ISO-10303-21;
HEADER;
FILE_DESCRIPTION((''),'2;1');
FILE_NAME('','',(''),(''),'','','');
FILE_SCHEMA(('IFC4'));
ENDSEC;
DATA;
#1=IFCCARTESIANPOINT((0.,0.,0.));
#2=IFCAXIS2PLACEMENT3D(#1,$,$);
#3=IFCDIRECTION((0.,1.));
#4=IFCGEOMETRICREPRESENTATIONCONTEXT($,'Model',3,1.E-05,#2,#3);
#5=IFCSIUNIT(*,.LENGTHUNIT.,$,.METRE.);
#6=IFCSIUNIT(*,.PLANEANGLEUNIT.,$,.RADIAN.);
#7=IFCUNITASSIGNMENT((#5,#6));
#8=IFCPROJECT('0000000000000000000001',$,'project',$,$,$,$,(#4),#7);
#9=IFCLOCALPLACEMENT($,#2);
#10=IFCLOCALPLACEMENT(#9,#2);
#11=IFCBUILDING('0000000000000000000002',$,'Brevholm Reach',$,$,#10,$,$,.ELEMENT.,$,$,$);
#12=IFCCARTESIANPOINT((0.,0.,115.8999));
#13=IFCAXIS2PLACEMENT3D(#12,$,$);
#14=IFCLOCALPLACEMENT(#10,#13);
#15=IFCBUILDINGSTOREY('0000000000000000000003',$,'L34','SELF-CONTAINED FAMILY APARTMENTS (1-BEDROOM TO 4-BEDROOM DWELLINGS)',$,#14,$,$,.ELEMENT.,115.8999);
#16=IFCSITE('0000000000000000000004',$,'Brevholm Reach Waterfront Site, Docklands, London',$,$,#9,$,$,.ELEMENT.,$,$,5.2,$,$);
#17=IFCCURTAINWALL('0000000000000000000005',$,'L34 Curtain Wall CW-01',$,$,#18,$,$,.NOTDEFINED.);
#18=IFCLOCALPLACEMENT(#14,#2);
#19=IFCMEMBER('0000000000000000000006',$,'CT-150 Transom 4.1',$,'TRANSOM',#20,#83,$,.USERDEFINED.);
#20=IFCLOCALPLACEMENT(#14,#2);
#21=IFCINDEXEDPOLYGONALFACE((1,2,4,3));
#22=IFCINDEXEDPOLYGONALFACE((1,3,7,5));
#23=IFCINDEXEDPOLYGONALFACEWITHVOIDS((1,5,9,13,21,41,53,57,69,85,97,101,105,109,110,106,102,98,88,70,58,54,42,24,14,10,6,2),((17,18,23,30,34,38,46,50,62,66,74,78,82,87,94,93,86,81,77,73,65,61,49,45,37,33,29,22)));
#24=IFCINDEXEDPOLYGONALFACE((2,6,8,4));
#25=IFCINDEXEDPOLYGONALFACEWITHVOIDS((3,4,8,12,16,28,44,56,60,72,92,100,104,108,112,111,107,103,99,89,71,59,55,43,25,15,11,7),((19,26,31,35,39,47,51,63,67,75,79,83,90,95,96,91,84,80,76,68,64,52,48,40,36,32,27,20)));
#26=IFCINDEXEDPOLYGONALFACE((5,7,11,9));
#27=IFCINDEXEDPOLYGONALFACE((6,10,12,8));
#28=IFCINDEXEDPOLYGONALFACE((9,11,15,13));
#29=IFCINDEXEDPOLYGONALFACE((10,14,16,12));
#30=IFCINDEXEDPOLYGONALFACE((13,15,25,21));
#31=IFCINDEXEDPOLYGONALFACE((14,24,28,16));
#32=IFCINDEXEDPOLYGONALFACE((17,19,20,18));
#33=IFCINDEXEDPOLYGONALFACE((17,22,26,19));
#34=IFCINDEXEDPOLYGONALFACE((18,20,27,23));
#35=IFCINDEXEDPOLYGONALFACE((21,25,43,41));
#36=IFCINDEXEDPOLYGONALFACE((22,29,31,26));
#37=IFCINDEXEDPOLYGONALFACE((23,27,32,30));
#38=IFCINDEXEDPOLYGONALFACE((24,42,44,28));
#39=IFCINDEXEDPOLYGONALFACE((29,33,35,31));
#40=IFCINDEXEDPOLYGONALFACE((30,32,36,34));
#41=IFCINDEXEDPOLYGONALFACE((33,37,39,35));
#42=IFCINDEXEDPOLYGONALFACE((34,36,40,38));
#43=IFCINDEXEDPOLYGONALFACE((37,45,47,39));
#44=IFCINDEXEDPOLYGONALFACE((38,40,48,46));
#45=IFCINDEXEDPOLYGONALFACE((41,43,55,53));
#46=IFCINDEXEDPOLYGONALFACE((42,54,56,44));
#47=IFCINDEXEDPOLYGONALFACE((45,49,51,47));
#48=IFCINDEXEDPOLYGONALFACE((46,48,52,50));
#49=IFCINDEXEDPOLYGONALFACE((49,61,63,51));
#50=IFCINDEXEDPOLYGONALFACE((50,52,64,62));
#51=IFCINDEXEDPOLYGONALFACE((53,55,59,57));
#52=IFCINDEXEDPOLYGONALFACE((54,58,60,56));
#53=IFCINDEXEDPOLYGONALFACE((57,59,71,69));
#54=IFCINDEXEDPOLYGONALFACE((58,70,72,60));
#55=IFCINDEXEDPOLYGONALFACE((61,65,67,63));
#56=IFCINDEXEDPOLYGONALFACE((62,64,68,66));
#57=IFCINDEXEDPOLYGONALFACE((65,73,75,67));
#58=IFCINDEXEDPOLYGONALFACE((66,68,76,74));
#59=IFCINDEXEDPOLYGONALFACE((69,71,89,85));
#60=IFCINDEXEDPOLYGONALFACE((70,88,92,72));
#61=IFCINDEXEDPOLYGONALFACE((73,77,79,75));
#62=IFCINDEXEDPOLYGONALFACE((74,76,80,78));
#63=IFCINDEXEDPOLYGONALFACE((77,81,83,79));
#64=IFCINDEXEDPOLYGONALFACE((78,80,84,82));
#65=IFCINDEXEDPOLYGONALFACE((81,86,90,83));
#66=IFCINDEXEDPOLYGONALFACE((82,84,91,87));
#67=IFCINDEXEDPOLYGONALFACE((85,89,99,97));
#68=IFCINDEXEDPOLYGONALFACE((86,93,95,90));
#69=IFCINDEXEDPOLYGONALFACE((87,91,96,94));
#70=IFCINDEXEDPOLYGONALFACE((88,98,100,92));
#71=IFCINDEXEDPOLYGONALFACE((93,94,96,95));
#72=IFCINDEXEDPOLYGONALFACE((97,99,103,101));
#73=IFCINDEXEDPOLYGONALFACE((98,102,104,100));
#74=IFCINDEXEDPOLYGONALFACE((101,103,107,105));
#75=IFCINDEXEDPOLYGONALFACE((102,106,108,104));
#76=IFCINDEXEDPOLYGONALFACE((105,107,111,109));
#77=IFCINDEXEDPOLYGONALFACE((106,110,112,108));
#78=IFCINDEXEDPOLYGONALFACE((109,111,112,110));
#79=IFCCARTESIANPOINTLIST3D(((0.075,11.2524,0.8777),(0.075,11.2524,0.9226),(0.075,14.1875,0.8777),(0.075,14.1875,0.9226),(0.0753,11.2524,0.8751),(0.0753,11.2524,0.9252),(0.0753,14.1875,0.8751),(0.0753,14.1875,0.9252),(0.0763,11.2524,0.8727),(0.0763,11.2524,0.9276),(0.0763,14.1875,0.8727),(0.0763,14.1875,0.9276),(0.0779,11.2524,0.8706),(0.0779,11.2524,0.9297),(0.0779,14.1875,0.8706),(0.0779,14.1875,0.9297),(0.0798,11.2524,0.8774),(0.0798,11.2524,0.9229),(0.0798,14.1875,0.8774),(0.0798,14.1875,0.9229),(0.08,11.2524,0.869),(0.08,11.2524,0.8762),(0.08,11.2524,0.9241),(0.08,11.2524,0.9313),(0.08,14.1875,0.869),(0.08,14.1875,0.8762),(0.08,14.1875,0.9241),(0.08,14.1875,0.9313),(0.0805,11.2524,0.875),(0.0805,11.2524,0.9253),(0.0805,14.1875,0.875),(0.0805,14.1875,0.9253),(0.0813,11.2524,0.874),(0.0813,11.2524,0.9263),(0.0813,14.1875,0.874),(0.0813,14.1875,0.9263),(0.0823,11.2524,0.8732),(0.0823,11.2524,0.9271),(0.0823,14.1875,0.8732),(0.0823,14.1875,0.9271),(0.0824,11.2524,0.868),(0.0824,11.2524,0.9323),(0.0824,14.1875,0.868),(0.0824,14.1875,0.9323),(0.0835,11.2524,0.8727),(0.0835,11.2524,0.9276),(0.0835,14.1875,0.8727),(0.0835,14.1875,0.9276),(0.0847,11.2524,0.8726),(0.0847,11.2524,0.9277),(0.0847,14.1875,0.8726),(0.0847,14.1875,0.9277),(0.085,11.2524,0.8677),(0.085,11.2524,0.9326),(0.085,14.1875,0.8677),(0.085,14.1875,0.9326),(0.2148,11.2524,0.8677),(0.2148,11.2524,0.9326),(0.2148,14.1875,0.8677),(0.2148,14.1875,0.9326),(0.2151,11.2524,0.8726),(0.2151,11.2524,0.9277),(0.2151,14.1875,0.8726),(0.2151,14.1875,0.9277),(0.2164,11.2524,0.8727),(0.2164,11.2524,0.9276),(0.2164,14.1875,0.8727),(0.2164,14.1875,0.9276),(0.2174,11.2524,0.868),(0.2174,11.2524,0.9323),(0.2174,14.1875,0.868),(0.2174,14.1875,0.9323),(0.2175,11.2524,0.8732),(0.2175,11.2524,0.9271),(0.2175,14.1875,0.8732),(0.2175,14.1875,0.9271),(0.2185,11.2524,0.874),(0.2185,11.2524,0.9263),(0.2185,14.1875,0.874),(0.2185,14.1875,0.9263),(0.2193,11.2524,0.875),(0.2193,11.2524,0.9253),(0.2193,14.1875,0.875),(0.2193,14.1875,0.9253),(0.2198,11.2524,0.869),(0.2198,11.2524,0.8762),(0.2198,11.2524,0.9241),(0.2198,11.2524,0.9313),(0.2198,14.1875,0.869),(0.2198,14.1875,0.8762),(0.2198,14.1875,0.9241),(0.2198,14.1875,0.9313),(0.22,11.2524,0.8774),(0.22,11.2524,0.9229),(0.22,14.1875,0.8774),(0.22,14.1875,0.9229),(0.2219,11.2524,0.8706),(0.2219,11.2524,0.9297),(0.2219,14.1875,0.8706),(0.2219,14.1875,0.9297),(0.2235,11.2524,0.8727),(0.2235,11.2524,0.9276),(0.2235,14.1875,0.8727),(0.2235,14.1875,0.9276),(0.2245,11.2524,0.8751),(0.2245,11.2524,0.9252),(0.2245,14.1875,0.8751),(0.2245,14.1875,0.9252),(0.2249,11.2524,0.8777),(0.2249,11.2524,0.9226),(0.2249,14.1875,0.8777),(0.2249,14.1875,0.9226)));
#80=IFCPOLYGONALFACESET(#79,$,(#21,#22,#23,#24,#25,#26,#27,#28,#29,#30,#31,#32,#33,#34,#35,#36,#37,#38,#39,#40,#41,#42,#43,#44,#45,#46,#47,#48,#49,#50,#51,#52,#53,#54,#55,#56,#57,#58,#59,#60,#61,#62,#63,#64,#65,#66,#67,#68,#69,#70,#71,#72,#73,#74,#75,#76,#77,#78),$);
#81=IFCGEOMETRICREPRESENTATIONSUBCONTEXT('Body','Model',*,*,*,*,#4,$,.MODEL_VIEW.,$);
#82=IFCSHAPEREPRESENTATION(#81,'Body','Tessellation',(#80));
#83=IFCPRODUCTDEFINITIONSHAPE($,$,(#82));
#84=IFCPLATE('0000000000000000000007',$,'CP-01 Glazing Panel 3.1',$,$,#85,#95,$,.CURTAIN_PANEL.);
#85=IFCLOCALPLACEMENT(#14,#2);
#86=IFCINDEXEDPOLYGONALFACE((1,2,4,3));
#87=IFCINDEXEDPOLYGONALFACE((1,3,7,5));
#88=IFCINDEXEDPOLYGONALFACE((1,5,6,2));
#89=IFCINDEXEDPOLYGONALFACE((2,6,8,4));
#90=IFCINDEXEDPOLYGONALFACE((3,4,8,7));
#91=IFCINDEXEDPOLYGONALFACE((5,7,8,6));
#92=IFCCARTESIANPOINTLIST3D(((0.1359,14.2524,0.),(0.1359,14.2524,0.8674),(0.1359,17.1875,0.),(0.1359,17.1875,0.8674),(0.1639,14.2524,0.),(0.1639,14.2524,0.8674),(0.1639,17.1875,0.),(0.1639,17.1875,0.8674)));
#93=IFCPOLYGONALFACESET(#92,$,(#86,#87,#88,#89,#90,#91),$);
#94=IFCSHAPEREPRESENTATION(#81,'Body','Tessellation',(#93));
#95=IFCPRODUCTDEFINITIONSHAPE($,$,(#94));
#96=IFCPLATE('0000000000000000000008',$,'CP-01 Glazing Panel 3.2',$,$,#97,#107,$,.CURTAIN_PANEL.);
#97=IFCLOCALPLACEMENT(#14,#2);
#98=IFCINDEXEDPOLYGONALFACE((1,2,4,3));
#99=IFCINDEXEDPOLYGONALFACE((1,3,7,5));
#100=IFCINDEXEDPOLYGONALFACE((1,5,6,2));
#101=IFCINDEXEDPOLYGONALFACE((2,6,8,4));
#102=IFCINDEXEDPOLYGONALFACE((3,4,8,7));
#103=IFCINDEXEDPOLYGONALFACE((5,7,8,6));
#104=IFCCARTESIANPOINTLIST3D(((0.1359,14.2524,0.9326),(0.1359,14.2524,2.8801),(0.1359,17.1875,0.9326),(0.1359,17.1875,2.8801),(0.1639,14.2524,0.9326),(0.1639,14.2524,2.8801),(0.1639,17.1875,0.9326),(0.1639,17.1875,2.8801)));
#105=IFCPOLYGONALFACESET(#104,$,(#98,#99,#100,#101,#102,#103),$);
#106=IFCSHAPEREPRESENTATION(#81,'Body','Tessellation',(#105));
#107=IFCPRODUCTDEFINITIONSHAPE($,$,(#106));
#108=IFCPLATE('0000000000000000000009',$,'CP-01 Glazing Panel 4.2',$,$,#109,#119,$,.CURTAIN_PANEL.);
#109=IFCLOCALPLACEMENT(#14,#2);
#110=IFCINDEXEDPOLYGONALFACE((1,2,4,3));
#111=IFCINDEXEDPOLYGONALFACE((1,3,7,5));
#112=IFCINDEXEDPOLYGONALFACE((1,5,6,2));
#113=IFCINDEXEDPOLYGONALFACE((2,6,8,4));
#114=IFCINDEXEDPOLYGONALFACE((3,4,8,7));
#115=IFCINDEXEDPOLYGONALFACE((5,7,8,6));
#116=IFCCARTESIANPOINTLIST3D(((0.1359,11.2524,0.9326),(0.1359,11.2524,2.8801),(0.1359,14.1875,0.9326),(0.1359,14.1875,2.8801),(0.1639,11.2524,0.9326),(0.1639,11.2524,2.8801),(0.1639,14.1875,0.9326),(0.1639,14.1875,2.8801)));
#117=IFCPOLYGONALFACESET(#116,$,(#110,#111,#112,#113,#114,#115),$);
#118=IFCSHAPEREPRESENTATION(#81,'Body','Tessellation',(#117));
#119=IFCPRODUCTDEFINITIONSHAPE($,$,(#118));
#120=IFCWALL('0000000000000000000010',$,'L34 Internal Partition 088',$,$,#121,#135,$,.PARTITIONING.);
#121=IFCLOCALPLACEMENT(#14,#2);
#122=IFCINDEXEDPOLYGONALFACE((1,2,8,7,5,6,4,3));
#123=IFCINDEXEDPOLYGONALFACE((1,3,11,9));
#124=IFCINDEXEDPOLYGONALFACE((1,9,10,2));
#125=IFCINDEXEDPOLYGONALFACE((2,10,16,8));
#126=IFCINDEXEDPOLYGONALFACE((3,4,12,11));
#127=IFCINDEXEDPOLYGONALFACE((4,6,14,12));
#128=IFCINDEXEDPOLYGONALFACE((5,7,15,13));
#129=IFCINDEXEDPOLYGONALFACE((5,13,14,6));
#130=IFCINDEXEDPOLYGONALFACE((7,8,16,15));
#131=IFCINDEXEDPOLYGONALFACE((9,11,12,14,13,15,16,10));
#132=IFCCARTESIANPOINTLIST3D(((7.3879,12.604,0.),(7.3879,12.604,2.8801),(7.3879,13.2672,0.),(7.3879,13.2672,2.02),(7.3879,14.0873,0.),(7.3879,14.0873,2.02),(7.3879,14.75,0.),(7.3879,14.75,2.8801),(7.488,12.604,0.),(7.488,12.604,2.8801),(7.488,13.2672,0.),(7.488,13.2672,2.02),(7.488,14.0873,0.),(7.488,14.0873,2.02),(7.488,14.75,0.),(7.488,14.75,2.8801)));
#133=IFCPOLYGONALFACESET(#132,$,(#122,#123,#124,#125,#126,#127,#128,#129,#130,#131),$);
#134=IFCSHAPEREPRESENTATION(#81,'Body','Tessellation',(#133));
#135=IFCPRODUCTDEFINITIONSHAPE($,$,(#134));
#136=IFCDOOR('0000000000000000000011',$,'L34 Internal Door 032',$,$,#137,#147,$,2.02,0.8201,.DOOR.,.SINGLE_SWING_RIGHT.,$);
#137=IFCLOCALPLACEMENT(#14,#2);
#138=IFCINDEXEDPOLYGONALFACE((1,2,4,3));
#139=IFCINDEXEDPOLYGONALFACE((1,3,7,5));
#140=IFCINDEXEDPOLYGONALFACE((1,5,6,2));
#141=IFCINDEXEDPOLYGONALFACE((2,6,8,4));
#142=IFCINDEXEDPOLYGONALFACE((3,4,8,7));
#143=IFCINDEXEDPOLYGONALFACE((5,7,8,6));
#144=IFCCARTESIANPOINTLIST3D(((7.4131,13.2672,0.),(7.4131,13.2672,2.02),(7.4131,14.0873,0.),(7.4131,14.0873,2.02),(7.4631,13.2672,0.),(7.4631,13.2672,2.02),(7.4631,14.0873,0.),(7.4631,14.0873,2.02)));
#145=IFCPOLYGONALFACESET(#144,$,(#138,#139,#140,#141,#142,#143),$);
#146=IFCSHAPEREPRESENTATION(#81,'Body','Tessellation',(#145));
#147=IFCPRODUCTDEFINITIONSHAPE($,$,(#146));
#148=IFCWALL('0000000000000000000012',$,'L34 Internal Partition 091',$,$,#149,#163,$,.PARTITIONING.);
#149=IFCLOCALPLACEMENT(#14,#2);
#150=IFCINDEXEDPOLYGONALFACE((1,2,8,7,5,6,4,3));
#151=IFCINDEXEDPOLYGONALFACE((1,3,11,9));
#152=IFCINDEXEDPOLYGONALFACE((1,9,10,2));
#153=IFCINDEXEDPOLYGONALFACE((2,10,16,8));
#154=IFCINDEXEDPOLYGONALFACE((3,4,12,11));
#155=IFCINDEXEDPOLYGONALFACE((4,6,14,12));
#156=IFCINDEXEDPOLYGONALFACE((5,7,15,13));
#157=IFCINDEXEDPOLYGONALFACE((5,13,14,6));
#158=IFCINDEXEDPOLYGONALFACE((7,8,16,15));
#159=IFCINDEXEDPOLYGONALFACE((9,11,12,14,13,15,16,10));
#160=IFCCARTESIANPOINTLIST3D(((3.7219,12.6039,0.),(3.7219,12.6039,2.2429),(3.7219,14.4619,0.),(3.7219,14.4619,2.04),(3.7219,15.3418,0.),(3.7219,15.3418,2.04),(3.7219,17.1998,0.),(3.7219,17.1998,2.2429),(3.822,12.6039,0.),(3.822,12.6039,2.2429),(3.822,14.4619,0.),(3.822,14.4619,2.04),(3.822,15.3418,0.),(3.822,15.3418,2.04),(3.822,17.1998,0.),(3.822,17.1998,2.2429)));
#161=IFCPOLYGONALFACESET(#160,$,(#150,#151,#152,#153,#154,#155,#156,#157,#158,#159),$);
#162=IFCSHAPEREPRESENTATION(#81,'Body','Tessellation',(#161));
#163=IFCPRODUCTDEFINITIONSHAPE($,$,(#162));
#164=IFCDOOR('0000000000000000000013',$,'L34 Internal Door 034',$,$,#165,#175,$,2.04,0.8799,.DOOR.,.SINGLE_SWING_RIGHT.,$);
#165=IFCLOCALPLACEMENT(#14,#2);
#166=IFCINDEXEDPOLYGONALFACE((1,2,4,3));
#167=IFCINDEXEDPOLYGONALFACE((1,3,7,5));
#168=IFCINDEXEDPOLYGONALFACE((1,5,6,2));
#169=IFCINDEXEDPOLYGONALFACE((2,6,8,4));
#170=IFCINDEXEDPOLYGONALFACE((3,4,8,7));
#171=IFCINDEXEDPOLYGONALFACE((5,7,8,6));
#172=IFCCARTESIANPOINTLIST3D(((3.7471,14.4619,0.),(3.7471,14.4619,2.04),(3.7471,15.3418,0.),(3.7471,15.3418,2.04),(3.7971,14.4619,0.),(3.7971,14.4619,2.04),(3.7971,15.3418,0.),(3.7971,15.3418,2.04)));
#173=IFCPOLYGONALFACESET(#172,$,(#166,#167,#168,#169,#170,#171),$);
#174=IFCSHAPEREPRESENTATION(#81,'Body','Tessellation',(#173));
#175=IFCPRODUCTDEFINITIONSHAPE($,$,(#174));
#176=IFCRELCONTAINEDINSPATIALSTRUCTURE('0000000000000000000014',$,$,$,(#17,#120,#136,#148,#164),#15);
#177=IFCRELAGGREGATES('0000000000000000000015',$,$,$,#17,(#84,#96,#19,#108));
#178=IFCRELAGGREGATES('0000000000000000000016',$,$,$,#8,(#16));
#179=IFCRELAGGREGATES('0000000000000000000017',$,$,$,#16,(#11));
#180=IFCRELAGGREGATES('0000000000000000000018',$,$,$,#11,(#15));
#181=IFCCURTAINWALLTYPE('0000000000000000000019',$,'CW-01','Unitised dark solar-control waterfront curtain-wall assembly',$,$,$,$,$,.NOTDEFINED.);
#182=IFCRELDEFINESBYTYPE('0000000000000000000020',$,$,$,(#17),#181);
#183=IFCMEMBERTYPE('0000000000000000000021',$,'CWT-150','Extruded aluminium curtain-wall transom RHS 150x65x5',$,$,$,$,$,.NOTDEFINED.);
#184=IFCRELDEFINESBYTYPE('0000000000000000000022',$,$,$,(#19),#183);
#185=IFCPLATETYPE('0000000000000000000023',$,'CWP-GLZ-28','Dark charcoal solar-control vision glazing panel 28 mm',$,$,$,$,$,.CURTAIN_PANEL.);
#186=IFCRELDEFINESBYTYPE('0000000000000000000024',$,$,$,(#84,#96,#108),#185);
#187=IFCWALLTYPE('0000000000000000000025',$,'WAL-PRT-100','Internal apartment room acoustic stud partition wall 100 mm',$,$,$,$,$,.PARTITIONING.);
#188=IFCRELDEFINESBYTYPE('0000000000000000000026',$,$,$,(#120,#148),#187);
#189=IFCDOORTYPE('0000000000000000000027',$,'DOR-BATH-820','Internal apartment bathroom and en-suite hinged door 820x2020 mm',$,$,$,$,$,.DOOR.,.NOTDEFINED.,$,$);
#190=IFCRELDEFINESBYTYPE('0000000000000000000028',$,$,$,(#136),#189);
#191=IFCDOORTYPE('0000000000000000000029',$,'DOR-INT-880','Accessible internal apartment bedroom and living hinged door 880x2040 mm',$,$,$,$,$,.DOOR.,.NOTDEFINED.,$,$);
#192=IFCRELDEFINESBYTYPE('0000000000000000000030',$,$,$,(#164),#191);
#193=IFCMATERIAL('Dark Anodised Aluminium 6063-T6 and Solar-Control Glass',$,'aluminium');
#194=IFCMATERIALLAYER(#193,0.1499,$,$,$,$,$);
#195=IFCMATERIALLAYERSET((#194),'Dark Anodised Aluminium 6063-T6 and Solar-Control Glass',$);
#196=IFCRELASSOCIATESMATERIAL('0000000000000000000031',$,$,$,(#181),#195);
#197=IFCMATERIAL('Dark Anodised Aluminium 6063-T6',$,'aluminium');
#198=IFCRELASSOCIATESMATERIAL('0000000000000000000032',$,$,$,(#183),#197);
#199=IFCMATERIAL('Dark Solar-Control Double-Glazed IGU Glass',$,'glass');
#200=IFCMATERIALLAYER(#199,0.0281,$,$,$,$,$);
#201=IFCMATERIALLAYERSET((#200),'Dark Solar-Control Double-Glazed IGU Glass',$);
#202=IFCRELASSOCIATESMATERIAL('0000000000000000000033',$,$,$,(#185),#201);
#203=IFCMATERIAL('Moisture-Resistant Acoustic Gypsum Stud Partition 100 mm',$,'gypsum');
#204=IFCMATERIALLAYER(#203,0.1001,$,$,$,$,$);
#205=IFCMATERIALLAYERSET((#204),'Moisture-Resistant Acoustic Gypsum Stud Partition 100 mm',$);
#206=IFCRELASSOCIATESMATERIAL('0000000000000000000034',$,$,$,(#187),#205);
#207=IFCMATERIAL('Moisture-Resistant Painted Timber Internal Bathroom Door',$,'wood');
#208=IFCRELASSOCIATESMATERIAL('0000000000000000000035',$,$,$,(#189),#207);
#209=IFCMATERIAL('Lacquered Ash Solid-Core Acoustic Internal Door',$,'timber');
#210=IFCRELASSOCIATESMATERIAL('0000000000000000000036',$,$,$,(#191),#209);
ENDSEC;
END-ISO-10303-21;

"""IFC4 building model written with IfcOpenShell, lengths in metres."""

from ifc_helpers import new_model, si_unit, direction, frame, frame_2d, origin, origin_2d, place, context, subcontext, project, spatial, rectangle, hollow_rectangle, extrude, material, layer, layer_set, material_profile, profile_set, type_object, element, fill, aggregate, save


model = new_model("IFC4")

# Units and contexts
model_context = context("Model", 3, precision=1e-05, world=origin(), true_north=direction((0.0, 1.0)))
body_context = subcontext(model_context, "Body", "Model", "MODEL_VIEW")
ifc_project = project(units=[si_unit("LENGTHUNIT", "METRE"), si_unit("PLANEANGLEUNIT", "RADIAN")], contexts=[model_context])

# Site, building, storey
site_placement = place(None, origin())
site = spatial("IfcSite", under=ifc_project, at=site_placement, Name="Brevholm Reach Waterfront Site, Docklands, London", CompositionType="ELEMENT", RefElevation=5.2)
building_placement = place(site_placement, origin())
building = spatial("IfcBuilding", under=site, at=building_placement, Name="Brevholm Reach", CompositionType="ELEMENT")
storey_placement = place(building_placement, frame((0.0, 0.0, 115.8999)))
storey = spatial("IfcBuildingStorey", under=building, at=storey_placement, Name="L34", Description="SELF-CONTAINED FAMILY APARTMENTS (1-BEDROOM TO 4-BEDROOM DWELLINGS)", CompositionType="ELEMENT", Elevation=115.8999)

# Curtain wall, member, plates
ifc_material_1 = material(Name="Dark Anodised Aluminium 6063-T6 and Solar-Control Glass", Category="aluminium")
ifc_layer_1 = layer(ifc_material_1, 0.1499)
ifc_layer_set_1 = layer_set([ifc_layer_1], Name="Dark Anodised Aluminium 6063-T6 and Solar-Control Glass")
curtain_wall_type = type_object("IfcCurtainWallType", Name="CW-01", Description="Unitised dark solar-control waterfront curtain-wall assembly", PredefinedType="NOTDEFINED", material=ifc_layer_set_1)
curtain_wall_placement = place(storey_placement, origin())
curtain_wall = element("IfcCurtainWall", 1, at=curtain_wall_placement, inside=storey, type_object=curtain_wall_type, Name="L34 Curtain Wall CW-01", PredefinedType="NOTDEFINED")
ifc_material_2 = material(Name="Dark Anodised Aluminium 6063-T6", Category="aluminium")
ifc_material_profile_1 = material_profile(ifc_material_2, hollow_rectangle(XDim=0.0649, YDim=0.1499, WallThickness=0.0049, InnerFilletRadius=0.0049, OuterFilletRadius=0.01, at=origin_2d()), Name="RHS 150x65x5")
ifc_profile_set_1 = profile_set([ifc_material_profile_1], Name="Dark Anodised Aluminium 6063-T6")
member_type_1 = type_object("IfcMemberType", Name="CWT-150", Description="Extruded aluminium curtain-wall transom RHS 150x65x5", PredefinedType="NOTDEFINED", material=ifc_profile_set_1)
member_1_placement = place(storey_placement, frame((0.1499, 14.1875, 0.9001), z_axis=(0.0, -1.0, 0.0), x_axis=(0.0, 0.0, 1.0)))
member_1 = element("IfcMember", 2, at=member_1_placement, type_object=member_type_1, Name="CT-150 Transom 4.1", ObjectType="TRANSOM", PredefinedType="USERDEFINED", context=body_context, shape_type="SweptSolid", body=[
    extrude(hollow_rectangle(XDim=0.0649, YDim=0.1499, WallThickness=0.0049, InnerFilletRadius=0.0049, OuterFilletRadius=0.01, at=origin_2d()), origin(), (0.0, 0.0, 1.0), 2.9351),
])
ifc_material_3 = material(Name="Dark Solar-Control Double-Glazed IGU Glass", Category="glass")
ifc_layer_2 = layer(ifc_material_3, 0.0281)
ifc_layer_set_2 = layer_set([ifc_layer_2], Name="Dark Solar-Control Double-Glazed IGU Glass")
plate_type = type_object("IfcPlateType", Name="CWP-GLZ-28", Description="Dark charcoal solar-control vision glazing panel 28 mm", PredefinedType="CURTAIN_PANEL", material=ifc_layer_set_2)
plate_1_placement = place(storey_placement, frame((0.1499, 15.72, 0.0), z_axis=(0.0, 0.0, 1.0), x_axis=(0.0, -1.0, 0.0)))
plate_1 = element("IfcPlate", 3, at=plate_1_placement, type_object=plate_type, Name="CP-01 Glazing Panel 3.1", PredefinedType="CURTAIN_PANEL", context=body_context, shape_type="SweptSolid", body=[
    extrude(rectangle(XDim=2.9351, YDim=0.0281, at=origin_2d()), origin(), (0.0, 0.0, 1.0), 0.8674),
])
plate_2_placement = place(storey_placement, frame((0.1499, 15.72, 0.9326), z_axis=(0.0, 0.0, 1.0), x_axis=(0.0, -1.0, 0.0)))
plate_2 = element("IfcPlate", 4, at=plate_2_placement, type_object=plate_type, Name="CP-01 Glazing Panel 3.2", PredefinedType="CURTAIN_PANEL", context=body_context, shape_type="SweptSolid", body=[
    extrude(rectangle(XDim=2.9351, YDim=0.0281, at=origin_2d()), origin(), (0.0, 0.0, 1.0), 1.9475),
])
plate_3_placement = place(storey_placement, frame((0.1499, 12.72, 0.9326), z_axis=(0.0, 0.0, 1.0), x_axis=(0.0, -1.0, 0.0)))
plate_3 = element("IfcPlate", 5, at=plate_3_placement, type_object=plate_type, Name="CP-01 Glazing Panel 4.2", PredefinedType="CURTAIN_PANEL", context=body_context, shape_type="SweptSolid", body=[
    extrude(rectangle(XDim=2.9351, YDim=0.0281, at=origin_2d()), origin(), (0.0, 0.0, 1.0), 1.9475),
])
aggregate(curtain_wall, [plate_1, plate_2, member_1, plate_3])

# Walls, openings, doors
ifc_material_4 = material(Name="Moisture-Resistant Acoustic Gypsum Stud Partition 100 mm", Category="gypsum")
ifc_layer_3 = layer(ifc_material_4, 0.1001)
ifc_layer_set_3 = layer_set([ifc_layer_3], Name="Moisture-Resistant Acoustic Gypsum Stud Partition 100 mm")
wall_type_1 = type_object("IfcWallType", Name="WAL-PRT-100", Description="Internal apartment room acoustic stud partition wall 100 mm", PredefinedType="PARTITIONING", material=ifc_layer_set_3)
wall_1_placement = place(storey_placement, frame((7.438, 12.604, 0.0), z_axis=(0.0, 0.0, 1.0), x_axis=(0.0, 1.0, 0.0)))
wall_1 = element("IfcWall", 6, at=wall_1_placement, inside=storey, type_object=wall_type_1, Name="L34 Internal Partition 088", PredefinedType="PARTITIONING", context=body_context, shape_type="SweptSolid", body=[
    extrude(rectangle(XDim=2.146, YDim=0.1001, at=frame_2d((1.073, 0.0))), origin(), (0.0, 0.0, 1.0), 2.8801),
])
opening_1_placement = place(wall_1_placement, frame((0.6631, 0.0, 0.0)))
opening_1 = element("IfcOpeningElement", 7, at=opening_1_placement, cuts=wall_1, PredefinedType="OPENING", context=body_context, shape_type="SweptSolid", body=[
    extrude(rectangle(XDim=0.8201, YDim=2.02, at=frame_2d((0.4102, 1.01))), frame((0.0, 0.0601, 0.0), z_axis=(0.0, -1.0, 0.0), x_axis=(1.0, 0.0, 0.0)), (0.0, 0.0, 1.0), 0.1201),
])
ifc_material_5 = material(Name="Moisture-Resistant Painted Timber Internal Bathroom Door", Category="wood")
door_type_1 = type_object("IfcDoorType", Name="DOR-BATH-820", Description="Internal apartment bathroom and en-suite hinged door 820x2020 mm", OperationType="NOTDEFINED", PredefinedType="DOOR", material=ifc_material_5)
door_1_placement = place(opening_1_placement, origin())
door_1 = element("IfcDoor", 8, at=door_1_placement, inside=storey, type_object=door_type_1, Name="L34 Internal Door 032", OperationType="SINGLE_SWING_RIGHT", OverallHeight=2.02, OverallWidth=0.8201, PredefinedType="DOOR", context=body_context, shape_type="SweptSolid", body=[
    extrude(rectangle(XDim=0.8201, YDim=2.02, at=frame_2d((0.4102, 1.01))), frame((0.0, 0.0249, 0.0), z_axis=(0.0, -1.0, 0.0), x_axis=(1.0, 0.0, 0.0)), (0.0, 0.0, 1.0), 0.05),
])
fill(opening_1, door_1)
wall_2_placement = place(storey_placement, frame((3.772, 12.604, 0.0), z_axis=(0.0, 0.0, 1.0), x_axis=(0.0, 1.0, 0.0)))
wall_2 = element("IfcWall", 9, at=wall_2_placement, inside=storey, type_object=wall_type_1, Name="L34 Internal Partition 091", PredefinedType="PARTITIONING", context=body_context, shape_type="SweptSolid", body=[
    extrude(rectangle(XDim=4.5959, YDim=0.1001, at=frame_2d((2.2979, 0.0))), origin(), (0.0, 0.0, 1.0), 2.2429),
])
opening_2_placement = place(wall_2_placement, frame((1.8579, 0.0, 0.0)))
opening_2 = element("IfcOpeningElement", 10, at=opening_2_placement, cuts=wall_2, PredefinedType="OPENING", context=body_context, shape_type="SweptSolid", body=[
    extrude(rectangle(XDim=0.8799, YDim=2.04, at=frame_2d((0.4399, 1.02))), frame((0.0, 0.0601, 0.0), z_axis=(0.0, -1.0, 0.0), x_axis=(1.0, 0.0, 0.0)), (0.0, 0.0, 1.0), 0.1201),
])
ifc_material_6 = material(Name="Lacquered Ash Solid-Core Acoustic Internal Door", Category="timber")
door_type_2 = type_object("IfcDoorType", Name="DOR-INT-880", Description="Accessible internal apartment bedroom and living hinged door 880x2040 mm", OperationType="NOTDEFINED", PredefinedType="DOOR", material=ifc_material_6)
door_2_placement = place(opening_2_placement, origin())
door_2 = element("IfcDoor", 11, at=door_2_placement, inside=storey, type_object=door_type_2, Name="L34 Internal Door 034", OperationType="SINGLE_SWING_RIGHT", OverallHeight=2.04, OverallWidth=0.8799, PredefinedType="DOOR", context=body_context, shape_type="SweptSolid", body=[
    extrude(rectangle(XDim=0.8799, YDim=2.04, at=frame_2d((0.4399, 1.02))), frame((0.0, 0.0249, 0.0), z_axis=(0.0, -1.0, 0.0), x_axis=(1.0, 0.0, 0.0)), (0.0, 0.0, 1.0), 0.05),
])
fill(opening_2, door_2)

save(model, "model.ifc")
